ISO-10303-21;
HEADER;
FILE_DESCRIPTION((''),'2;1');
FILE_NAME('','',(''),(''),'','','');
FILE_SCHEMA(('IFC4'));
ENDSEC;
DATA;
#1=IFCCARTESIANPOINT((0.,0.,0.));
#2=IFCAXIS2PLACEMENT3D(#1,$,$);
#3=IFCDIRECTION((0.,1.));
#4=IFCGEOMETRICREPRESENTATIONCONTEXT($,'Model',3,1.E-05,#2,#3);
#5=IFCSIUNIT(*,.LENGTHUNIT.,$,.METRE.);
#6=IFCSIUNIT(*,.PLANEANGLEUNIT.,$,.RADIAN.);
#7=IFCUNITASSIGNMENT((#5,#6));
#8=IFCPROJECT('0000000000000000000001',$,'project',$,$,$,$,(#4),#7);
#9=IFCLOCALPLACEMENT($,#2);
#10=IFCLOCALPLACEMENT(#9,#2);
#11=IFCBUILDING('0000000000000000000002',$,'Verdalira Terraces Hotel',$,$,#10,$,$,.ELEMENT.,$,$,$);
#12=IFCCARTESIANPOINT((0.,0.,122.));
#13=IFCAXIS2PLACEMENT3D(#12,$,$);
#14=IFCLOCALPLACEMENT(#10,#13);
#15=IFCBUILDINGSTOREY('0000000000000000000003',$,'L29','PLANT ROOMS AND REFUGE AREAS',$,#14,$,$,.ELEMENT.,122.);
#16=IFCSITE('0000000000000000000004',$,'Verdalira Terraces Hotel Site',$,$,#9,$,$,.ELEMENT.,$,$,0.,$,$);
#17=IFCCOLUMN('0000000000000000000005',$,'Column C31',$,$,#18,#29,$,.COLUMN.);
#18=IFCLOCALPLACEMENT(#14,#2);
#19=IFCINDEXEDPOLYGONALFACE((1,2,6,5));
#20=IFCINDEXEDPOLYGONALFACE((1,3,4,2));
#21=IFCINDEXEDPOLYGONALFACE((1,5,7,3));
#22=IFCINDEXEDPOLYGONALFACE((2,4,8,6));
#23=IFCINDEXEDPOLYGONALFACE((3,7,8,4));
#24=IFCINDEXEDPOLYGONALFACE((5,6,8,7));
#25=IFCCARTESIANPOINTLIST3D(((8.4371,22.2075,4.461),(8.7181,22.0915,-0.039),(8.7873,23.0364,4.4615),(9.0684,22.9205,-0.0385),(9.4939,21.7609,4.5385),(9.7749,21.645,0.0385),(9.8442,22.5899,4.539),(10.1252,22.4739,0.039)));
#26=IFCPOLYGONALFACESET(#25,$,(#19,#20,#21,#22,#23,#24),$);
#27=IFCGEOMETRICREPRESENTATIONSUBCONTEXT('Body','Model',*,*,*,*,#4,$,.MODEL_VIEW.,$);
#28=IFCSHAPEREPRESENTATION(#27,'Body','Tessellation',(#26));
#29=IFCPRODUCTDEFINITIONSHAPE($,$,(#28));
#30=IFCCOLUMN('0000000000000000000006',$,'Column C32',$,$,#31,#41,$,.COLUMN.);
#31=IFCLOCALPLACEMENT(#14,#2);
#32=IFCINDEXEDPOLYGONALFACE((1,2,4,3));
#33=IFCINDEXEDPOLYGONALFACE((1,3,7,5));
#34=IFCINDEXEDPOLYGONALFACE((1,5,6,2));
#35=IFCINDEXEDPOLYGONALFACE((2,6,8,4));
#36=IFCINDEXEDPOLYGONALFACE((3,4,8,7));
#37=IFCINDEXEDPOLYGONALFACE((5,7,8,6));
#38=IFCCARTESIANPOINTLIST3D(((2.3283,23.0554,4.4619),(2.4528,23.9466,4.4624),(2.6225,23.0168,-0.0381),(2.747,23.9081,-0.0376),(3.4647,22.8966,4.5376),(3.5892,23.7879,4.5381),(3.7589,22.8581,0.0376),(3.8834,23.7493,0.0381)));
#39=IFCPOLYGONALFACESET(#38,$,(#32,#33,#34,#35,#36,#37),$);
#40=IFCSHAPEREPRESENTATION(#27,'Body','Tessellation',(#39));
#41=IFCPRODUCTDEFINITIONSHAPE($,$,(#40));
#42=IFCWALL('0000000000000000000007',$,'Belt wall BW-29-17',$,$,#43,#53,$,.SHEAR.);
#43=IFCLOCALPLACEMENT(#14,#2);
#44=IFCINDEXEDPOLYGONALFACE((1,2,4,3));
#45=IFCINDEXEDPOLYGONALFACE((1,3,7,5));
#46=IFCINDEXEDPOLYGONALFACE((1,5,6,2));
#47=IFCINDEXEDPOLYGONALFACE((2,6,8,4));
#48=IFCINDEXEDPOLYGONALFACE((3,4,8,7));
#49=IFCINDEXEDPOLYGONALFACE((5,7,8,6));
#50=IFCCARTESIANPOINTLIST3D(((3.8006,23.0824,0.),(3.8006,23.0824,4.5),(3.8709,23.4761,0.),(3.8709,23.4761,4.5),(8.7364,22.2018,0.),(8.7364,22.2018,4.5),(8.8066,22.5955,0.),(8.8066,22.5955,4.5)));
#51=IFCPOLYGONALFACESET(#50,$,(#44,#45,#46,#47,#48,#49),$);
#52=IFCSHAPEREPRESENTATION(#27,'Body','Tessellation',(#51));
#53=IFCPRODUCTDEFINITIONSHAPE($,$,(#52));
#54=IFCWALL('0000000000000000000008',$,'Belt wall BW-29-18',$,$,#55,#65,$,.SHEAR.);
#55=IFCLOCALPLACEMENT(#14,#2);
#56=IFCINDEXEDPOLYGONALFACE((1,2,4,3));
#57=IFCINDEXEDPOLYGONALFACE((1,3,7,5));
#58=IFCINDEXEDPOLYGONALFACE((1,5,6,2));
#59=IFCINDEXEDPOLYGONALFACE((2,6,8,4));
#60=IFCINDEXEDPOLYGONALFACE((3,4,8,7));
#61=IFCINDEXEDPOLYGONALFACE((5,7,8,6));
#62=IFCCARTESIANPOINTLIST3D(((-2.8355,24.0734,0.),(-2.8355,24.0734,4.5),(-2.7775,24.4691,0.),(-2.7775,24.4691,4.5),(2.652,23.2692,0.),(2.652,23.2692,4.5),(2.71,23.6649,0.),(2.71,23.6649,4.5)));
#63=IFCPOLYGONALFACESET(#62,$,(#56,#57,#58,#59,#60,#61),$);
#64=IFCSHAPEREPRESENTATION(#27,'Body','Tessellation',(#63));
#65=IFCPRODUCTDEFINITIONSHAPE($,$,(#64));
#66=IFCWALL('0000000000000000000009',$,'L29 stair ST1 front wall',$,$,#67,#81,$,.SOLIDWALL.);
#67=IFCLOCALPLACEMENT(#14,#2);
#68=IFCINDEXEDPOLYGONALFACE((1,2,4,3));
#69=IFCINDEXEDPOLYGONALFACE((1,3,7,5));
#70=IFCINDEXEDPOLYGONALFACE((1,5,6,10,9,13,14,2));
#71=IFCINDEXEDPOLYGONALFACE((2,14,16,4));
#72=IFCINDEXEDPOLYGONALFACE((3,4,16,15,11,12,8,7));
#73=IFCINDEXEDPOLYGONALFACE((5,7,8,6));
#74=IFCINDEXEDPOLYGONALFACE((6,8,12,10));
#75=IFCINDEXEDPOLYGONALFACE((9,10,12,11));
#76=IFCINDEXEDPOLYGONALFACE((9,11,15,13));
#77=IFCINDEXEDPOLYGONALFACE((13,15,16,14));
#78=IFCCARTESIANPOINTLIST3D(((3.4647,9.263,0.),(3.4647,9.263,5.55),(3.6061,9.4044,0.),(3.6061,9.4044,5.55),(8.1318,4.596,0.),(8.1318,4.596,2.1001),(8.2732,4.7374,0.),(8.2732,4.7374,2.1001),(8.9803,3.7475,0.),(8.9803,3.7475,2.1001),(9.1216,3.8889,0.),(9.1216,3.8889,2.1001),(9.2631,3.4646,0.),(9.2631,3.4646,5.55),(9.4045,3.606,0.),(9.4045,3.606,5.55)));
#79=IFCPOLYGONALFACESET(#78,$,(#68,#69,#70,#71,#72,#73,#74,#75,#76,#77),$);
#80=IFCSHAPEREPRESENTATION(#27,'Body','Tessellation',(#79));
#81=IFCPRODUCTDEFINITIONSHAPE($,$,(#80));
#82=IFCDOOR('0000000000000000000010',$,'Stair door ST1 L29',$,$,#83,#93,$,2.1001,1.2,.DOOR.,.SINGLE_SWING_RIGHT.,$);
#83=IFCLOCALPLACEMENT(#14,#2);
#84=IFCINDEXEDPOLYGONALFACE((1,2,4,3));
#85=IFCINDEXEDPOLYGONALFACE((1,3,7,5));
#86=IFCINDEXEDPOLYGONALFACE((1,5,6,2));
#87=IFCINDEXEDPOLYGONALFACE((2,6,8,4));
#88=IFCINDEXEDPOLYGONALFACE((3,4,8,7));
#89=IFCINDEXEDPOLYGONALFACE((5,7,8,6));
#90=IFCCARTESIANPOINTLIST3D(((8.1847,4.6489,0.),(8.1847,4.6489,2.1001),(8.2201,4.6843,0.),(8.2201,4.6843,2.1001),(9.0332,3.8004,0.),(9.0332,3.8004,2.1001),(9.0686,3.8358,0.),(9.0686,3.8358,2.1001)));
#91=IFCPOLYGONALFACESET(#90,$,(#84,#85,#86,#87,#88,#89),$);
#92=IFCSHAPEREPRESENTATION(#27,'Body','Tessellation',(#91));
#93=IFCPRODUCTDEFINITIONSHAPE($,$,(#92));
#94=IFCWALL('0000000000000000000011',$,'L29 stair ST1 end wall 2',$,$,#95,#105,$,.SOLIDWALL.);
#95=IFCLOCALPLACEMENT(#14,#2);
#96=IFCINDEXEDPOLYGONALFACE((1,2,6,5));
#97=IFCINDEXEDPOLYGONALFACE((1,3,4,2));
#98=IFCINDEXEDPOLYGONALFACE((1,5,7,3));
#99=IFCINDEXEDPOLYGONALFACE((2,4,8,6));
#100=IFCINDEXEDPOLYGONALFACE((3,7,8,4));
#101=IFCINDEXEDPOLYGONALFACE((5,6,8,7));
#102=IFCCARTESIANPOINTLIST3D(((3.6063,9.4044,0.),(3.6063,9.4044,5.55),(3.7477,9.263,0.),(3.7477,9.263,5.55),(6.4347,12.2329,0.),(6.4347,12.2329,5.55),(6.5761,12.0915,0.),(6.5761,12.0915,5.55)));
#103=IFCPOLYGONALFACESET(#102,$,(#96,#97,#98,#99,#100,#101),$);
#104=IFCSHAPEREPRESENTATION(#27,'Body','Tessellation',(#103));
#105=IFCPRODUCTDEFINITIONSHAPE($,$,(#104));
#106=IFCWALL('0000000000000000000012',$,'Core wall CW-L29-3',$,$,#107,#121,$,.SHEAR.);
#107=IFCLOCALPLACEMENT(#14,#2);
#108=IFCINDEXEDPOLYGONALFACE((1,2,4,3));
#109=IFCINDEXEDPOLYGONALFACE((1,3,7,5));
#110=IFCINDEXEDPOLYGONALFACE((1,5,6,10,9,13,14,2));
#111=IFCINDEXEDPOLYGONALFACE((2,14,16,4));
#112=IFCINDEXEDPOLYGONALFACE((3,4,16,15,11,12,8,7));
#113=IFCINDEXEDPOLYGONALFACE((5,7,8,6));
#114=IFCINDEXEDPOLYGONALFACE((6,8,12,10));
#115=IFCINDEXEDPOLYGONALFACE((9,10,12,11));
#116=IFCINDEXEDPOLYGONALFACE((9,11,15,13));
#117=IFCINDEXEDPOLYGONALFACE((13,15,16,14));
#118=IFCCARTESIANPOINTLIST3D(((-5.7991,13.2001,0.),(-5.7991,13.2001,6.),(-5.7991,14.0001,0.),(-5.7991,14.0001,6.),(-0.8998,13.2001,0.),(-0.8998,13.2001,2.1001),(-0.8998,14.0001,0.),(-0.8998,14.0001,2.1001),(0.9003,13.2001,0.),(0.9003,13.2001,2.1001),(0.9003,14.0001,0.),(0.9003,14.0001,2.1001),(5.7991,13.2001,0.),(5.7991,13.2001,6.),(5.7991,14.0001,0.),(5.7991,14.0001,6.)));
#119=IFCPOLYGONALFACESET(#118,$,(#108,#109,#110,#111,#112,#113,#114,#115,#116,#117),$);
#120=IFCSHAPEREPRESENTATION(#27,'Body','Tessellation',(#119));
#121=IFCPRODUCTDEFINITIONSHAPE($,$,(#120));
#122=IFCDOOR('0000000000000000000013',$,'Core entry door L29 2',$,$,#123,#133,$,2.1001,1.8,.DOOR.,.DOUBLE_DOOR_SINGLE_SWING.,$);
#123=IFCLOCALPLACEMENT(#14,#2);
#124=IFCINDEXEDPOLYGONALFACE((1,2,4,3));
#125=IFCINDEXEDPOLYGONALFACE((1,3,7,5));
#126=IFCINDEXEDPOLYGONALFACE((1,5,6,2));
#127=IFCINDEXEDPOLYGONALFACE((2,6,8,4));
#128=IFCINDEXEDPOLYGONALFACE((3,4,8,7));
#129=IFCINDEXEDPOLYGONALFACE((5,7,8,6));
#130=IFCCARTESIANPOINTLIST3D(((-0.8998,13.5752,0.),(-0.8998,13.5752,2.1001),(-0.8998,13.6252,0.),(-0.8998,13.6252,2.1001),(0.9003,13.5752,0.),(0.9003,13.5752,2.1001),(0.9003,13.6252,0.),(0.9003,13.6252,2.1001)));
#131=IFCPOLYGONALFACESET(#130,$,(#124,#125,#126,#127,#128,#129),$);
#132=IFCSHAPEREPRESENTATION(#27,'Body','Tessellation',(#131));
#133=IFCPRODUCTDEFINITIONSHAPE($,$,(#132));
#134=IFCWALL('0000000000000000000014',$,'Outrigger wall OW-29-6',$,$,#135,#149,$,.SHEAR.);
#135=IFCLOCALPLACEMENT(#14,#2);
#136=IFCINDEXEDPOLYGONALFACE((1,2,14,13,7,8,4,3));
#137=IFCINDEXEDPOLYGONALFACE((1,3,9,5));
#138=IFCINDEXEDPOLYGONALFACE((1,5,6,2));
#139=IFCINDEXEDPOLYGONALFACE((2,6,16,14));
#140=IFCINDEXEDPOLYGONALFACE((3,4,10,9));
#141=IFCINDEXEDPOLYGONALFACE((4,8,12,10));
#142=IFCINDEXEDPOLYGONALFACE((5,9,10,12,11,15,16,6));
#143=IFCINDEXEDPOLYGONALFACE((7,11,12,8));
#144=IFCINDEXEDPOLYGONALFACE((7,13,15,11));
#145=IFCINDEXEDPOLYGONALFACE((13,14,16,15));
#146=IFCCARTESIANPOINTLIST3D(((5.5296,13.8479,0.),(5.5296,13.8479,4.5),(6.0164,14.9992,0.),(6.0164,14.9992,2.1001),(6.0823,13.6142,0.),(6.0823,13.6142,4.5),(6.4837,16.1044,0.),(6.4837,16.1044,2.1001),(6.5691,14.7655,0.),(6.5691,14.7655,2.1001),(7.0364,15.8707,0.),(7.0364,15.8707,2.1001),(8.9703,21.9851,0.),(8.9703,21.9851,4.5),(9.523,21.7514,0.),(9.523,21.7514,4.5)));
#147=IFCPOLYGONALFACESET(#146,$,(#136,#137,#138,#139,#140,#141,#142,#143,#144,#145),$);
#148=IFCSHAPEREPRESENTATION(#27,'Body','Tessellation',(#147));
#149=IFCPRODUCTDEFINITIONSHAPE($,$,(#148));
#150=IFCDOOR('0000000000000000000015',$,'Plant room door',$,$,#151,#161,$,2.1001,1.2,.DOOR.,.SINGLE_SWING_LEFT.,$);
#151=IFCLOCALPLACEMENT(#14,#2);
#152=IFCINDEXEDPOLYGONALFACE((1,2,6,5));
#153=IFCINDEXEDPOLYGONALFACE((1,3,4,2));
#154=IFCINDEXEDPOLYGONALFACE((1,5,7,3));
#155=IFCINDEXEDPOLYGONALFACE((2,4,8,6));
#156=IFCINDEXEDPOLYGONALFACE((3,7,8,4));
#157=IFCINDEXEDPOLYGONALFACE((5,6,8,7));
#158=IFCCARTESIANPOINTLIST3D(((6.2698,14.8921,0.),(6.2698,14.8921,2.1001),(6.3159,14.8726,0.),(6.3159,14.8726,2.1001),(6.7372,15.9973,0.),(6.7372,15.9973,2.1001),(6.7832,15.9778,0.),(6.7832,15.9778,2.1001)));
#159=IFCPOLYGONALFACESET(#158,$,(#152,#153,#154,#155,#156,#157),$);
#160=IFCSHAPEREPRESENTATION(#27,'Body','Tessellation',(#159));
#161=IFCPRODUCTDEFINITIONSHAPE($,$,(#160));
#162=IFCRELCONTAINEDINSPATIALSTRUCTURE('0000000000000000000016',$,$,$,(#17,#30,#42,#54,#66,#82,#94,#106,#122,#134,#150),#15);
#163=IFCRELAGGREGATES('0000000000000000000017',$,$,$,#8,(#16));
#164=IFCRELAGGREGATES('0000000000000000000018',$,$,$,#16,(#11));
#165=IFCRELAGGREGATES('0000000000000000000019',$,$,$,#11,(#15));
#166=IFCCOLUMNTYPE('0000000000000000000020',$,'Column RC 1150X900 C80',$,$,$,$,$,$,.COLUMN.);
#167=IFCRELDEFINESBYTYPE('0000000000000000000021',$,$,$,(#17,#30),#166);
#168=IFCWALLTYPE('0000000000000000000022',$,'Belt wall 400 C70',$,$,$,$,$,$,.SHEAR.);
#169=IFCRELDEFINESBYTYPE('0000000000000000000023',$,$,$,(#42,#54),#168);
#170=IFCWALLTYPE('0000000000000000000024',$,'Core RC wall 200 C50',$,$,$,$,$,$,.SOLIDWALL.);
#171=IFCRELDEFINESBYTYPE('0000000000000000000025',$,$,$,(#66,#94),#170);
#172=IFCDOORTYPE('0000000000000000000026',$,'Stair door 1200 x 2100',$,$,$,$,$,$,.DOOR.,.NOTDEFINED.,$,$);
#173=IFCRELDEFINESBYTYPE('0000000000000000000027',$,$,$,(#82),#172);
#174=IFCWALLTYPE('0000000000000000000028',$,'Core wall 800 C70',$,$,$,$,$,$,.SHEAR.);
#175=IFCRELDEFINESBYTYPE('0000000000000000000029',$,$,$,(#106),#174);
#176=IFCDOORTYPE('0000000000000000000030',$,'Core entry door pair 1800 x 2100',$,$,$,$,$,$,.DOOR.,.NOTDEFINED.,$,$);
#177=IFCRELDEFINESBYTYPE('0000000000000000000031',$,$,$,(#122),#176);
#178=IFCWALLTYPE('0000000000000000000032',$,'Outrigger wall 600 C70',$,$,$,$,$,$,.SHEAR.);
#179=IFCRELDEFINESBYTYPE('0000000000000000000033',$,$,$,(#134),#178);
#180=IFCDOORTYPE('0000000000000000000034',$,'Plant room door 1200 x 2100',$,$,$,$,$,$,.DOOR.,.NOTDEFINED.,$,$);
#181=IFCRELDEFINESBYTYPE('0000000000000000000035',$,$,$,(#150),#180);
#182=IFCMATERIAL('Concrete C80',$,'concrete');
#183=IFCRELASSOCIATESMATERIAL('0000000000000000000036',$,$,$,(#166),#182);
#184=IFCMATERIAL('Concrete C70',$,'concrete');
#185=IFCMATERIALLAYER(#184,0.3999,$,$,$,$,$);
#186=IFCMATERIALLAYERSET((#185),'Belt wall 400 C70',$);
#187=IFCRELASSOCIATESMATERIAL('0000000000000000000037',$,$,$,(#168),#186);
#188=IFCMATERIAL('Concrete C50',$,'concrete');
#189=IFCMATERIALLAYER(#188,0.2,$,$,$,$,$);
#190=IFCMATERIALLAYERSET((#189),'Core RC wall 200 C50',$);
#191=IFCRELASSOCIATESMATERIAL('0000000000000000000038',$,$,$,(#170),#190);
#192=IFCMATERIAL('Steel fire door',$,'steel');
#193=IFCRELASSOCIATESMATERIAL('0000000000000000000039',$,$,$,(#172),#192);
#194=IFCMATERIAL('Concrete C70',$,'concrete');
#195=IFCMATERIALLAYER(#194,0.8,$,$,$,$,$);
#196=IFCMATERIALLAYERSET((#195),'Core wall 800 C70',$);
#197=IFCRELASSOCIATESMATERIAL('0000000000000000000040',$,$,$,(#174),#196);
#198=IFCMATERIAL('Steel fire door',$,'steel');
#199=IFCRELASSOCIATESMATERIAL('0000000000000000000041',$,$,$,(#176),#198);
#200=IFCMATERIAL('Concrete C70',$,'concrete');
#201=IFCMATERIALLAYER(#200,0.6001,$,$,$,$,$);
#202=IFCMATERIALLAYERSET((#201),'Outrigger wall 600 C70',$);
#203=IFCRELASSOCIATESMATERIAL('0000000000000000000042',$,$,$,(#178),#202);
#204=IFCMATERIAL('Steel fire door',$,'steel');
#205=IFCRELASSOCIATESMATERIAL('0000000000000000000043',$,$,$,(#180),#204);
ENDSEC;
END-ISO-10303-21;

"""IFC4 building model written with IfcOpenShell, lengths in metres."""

from ifc_helpers import new_model, si_unit, direction, frame, frame_2d, origin, origin_2d, place, context, subcontext, project, spatial, rectangle, extrude, material, layer, layer_set, material_profile, profile_set, type_object, element, fill, save


model = new_model("IFC4")

# Units and contexts
model_context = context("Model", 3, precision=1e-05, world=origin(), true_north=direction((0.0, 1.0)))
body_context = subcontext(model_context, "Body", "Model", "MODEL_VIEW")
ifc_project = project(units=[si_unit("LENGTHUNIT", "METRE"), si_unit("PLANEANGLEUNIT", "RADIAN")], contexts=[model_context])

# Site, building, storey
site_placement = place(None, origin())
site = spatial("IfcSite", under=ifc_project, at=site_placement, Name="Verdalira Terraces Hotel Site", CompositionType="ELEMENT", RefElevation=0.0)
building_placement = place(site_placement, origin())
building = spatial("IfcBuilding", under=site, at=building_placement, Name="Verdalira Terraces Hotel", CompositionType="ELEMENT")
storey_placement = place(building_placement, frame((0.0, 0.0, 122.0)))
storey = spatial("IfcBuildingStorey", under=building, at=storey_placement, Name="L29", Description="PLANT ROOMS AND REFUGE AREAS", CompositionType="ELEMENT", Elevation=122.0)

# Columns
ifc_material_1 = material(Name="Concrete C80", Category="concrete")
ifc_material_profile_1 = material_profile(ifc_material_1, rectangle(XDim=1.1499, YDim=0.8999, at=origin_2d()), Name="RC 1150X900")
ifc_profile_set_1 = profile_set([ifc_material_profile_1], Name="Concrete C80")
column_type = type_object("IfcColumnType", Name="Column RC 1150X900 C80", PredefinedType="COLUMN", material=ifc_profile_set_1)
column_1_placement = place(storey_placement, frame((9.4216, 22.2827, 0.0), z_axis=(-0.062304, 0.025712, 0.997726), x_axis=(0.919041, -0.388358, 0.067398)))
element("IfcColumn", 1, at=column_1_placement, inside=storey, type_object=column_type, Name="Column C31", PredefinedType="COLUMN", context=body_context, shape_type="SweptSolid", body=[
    extrude(rectangle(XDim=1.1499, YDim=0.8999, at=origin_2d()), origin(), (0.0, 0.0, 1.0), 4.5103),
])
column_2_placement = place(storey_placement, frame((3.2529, 23.3831, 0.0), z_axis=(-0.065234, 0.008553, 0.997833), x_axis=(-0.988238, 0.138045, -0.06579)))
element("IfcColumn", 2, at=column_2_placement, inside=storey, type_object=column_type, Name="Column C32", PredefinedType="COLUMN", context=body_context, shape_type="SweptSolid", body=[
    extrude(rectangle(XDim=1.1499, YDim=0.8999, at=origin_2d()), origin(), (0.0, 0.0, 1.0), 4.5098),
])

# Walls
ifc_material_2 = material(Name="Concrete C70", Category="concrete")
ifc_layer_1 = layer(ifc_material_2, 0.3999)
ifc_layer_set_1 = layer_set([ifc_layer_1], Name="Belt wall 400 C70")
wall_type_1 = type_object("IfcWallType", Name="Belt wall 400 C70", PredefinedType="SHEAR", material=ifc_layer_set_1)
wall_1_placement = place(storey_placement, frame((8.7715, 22.3987, 0.0), z_axis=(0.0, 0.0, 1.0), x_axis=(-0.984454, 0.175641, 0.0)))
element("IfcWall", 3, at=wall_1_placement, inside=storey, type_object=wall_type_1, Name="Belt wall BW-29-17", PredefinedType="SHEAR", context=body_context, shape_type="SweptSolid", body=[
    extrude(rectangle(XDim=5.0137, YDim=0.3999, at=frame_2d((2.5068, 0.0))), origin(), (0.0, 0.0, 1.0), 4.5),
])
wall_2_placement = place(storey_placement, frame((2.6809, 23.467, 0.0), z_axis=(0.0, 0.0, 1.0), x_axis=(-0.989432, 0.145001, 0.0)))
element("IfcWall", 4, at=wall_2_placement, inside=storey, type_object=wall_type_1, Name="Belt wall BW-29-18", PredefinedType="SHEAR", context=body_context, shape_type="SweptSolid", body=[
    extrude(rectangle(XDim=5.5461, YDim=0.3999, at=frame_2d((2.7729, 0.0))), origin(), (0.0, 0.0, 1.0), 4.5),
])

# Wall, opening, door
ifc_material_3 = material(Name="Concrete C50", Category="concrete")
ifc_layer_2 = layer(ifc_material_3, 0.2)
ifc_layer_set_2 = layer_set([ifc_layer_2], Name="Core RC wall 200 C50")
wall_type_2 = type_object("IfcWallType", Name="Core RC wall 200 C50", PredefinedType="SOLIDWALL", material=ifc_layer_set_2)
wall_3_placement = place(storey_placement, frame((3.5354, 9.3337, 0.0), z_axis=(0.0, 0.0, 1.0), x_axis=(0.707107, -0.707107, 0.0)))
wall_3 = element("IfcWall", 5, at=wall_3_placement, inside=storey, type_object=wall_type_2, Name="L29 stair ST1 front wall", PredefinedType="SOLIDWALL", context=body_context, shape_type="SweptSolid", body=[
    extrude(rectangle(XDim=8.2002, YDim=0.2, at=frame_2d((4.1001, 0.0))), origin(), (0.0, 0.0, 1.0), 5.55),
])
opening_1_placement = place(wall_3_placement, frame((6.6001, 0.0, 0.0)))
opening_1 = element("IfcOpeningElement", 6, at=opening_1_placement, cuts=wall_3, PredefinedType="OPENING", context=body_context, shape_type="SweptSolid", body=[
    extrude(rectangle(XDim=1.2, YDim=2.1001, at=frame_2d((0.6001, 1.05))), frame((0.0, 0.1099, 0.0), z_axis=(0.0, -1.0, 0.0), x_axis=(1.0, 0.0, 0.0)), (0.0, 0.0, 1.0), 0.22),
])
ifc_material_4 = material(Name="Steel fire door", Category="steel")
door_type_1 = type_object("IfcDoorType", Name="Stair door 1200 x 2100", OperationType="NOTDEFINED", PredefinedType="DOOR", material=ifc_material_4)
door_1_placement = place(opening_1_placement, origin())
door_1 = element("IfcDoor", 7, at=door_1_placement, inside=storey, type_object=door_type_1, Name="Stair door ST1 L29", OperationType="SINGLE_SWING_RIGHT", OverallHeight=2.1001, OverallWidth=1.2, PredefinedType="DOOR", context=body_context, shape_type="SweptSolid", body=[
    extrude(rectangle(XDim=1.2, YDim=2.1001, at=frame_2d((0.6001, 1.05))), frame((0.0, 0.0249, 0.0), z_axis=(0.0, -1.0, 0.0), x_axis=(1.0, 0.0, 0.0)), (0.0, 0.0, 1.0), 0.05),
])
fill(opening_1, door_1)

# Wall
wall_4_placement = place(storey_placement, frame((3.677, 9.3337, 0.0), z_axis=(0.0, 0.0, 1.0), x_axis=(0.707107, 0.707107, 0.0)))
element("IfcWall", 8, at=wall_4_placement, inside=storey, type_object=wall_type_2, Name="L29 stair ST1 end wall 2", PredefinedType="SOLIDWALL", context=body_context, shape_type="SweptSolid", body=[
    extrude(rectangle(XDim=4.0, YDim=0.2, at=frame_2d((2.0, 0.0))), origin(), (0.0, 0.0, 1.0), 5.55),
])

# Walls, openings, doors
ifc_material_5 = material(Name="Concrete C70", Category="concrete")
ifc_layer_3 = layer(ifc_material_5, 0.8)
ifc_layer_set_3 = layer_set([ifc_layer_3], Name="Core wall 800 C70")
wall_type_3 = type_object("IfcWallType", Name="Core wall 800 C70", PredefinedType="SHEAR", material=ifc_layer_set_3)
wall_5_placement = place(storey_placement, frame((5.7991, 13.6001, 0.0), z_axis=(0.0, 0.0, 1.0), x_axis=(-1.0, 0.0, 0.0)))
wall_5 = element("IfcWall", 9, at=wall_5_placement, inside=storey, type_object=wall_type_3, Name="Core wall CW-L29-3", PredefinedType="SHEAR", context=body_context, shape_type="SweptSolid", body=[
    extrude(rectangle(XDim=11.5981, YDim=0.8, at=frame_2d((5.7991, 0.0))), origin(), (0.0, 0.0, 1.0), 6.0),
])
opening_2_placement = place(wall_5_placement, frame((4.8989, 0.0, 0.0)))
opening_2 = element("IfcOpeningElement", 10, at=opening_2_placement, cuts=wall_5, PredefinedType="OPENING", context=body_context, shape_type="SweptSolid", body=[
    extrude(rectangle(XDim=1.8, YDim=2.1001, at=frame_2d((0.8999, 1.05))), frame((0.0, 0.4099, 0.0), z_axis=(0.0, -1.0, 0.0), x_axis=(1.0, 0.0, 0.0)), (0.0, 0.0, 1.0), 0.8201),
])
ifc_material_6 = material(Name="Steel fire door", Category="steel")
door_type_2 = type_object("IfcDoorType", Name="Core entry door pair 1800 x 2100", OperationType="NOTDEFINED", PredefinedType="DOOR", material=ifc_material_6)
door_2_placement = place(opening_2_placement, origin())
door_2 = element("IfcDoor", 11, at=door_2_placement, inside=storey, type_object=door_type_2, Name="Core entry door L29 2", OperationType="DOUBLE_DOOR_SINGLE_SWING", OverallHeight=2.1001, OverallWidth=1.8, PredefinedType="DOOR", context=body_context, shape_type="SweptSolid", body=[
    extrude(rectangle(XDim=1.8, YDim=2.1001, at=frame_2d((0.8999, 1.05))), frame((0.0, 0.0249, 0.0), z_axis=(0.0, -1.0, 0.0), x_axis=(1.0, 0.0, 0.0)), (0.0, 0.0, 1.0), 0.05),
])
fill(opening_2, door_2)
ifc_material_7 = material(Name="Concrete C70", Category="concrete")
ifc_layer_4 = layer(ifc_material_7, 0.6001)
ifc_layer_set_4 = layer_set([ifc_layer_4], Name="Outrigger wall 600 C70")
wall_type_4 = type_object("IfcWallType", Name="Outrigger wall 600 C70", PredefinedType="SHEAR", material=ifc_layer_set_4)
wall_6_placement = place(storey_placement, frame((5.8059, 13.731, 0.0), z_axis=(0.0, 0.0, 1.0), x_axis=(0.389449, 0.921048, 0.0)))
wall_6 = element("IfcWall", 12, at=wall_6_placement, inside=storey, type_object=wall_type_4, Name="Outrigger wall OW-29-6", PredefinedType="SHEAR", context=body_context, shape_type="SweptSolid", body=[
    extrude(rectangle(XDim=8.8347, YDim=0.6001, at=frame_2d((4.4175, 0.0))), origin(), (0.0, 0.0, 1.0), 4.5),
])
opening_3_placement = place(wall_6_placement, frame((1.25, 0.0, 0.0)))
opening_3 = element("IfcOpeningElement", 13, at=opening_3_placement, cuts=wall_6, PredefinedType="OPENING", context=body_context, shape_type="SweptSolid", body=[
    extrude(rectangle(XDim=1.2, YDim=2.1001, at=frame_2d((0.6001, 1.05))), frame((0.0, 0.3101, 0.0), z_axis=(0.0, -1.0, 0.0), x_axis=(1.0, 0.0, 0.0)), (0.0, 0.0, 1.0), 0.6201),
])
ifc_material_8 = material(Name="Steel fire door", Category="steel")
door_type_3 = type_object("IfcDoorType", Name="Plant room door 1200 x 2100", OperationType="NOTDEFINED", PredefinedType="DOOR", material=ifc_material_8)
door_3_placement = place(opening_3_placement, origin())
door_3 = element("IfcDoor", 14, at=door_3_placement, inside=storey, type_object=door_type_3, Name="Plant room door", OperationType="SINGLE_SWING_LEFT", OverallHeight=2.1001, OverallWidth=1.2, PredefinedType="DOOR", context=body_context, shape_type="SweptSolid", body=[
    extrude(rectangle(XDim=1.2, YDim=2.1001, at=frame_2d((0.6001, 1.05))), frame((0.0, 0.0249, 0.0), z_axis=(0.0, -1.0, 0.0), x_axis=(1.0, 0.0, 0.0)), (0.0, 0.0, 1.0), 0.05),
])
fill(opening_3, door_3)

save(model, "model.ifc")
